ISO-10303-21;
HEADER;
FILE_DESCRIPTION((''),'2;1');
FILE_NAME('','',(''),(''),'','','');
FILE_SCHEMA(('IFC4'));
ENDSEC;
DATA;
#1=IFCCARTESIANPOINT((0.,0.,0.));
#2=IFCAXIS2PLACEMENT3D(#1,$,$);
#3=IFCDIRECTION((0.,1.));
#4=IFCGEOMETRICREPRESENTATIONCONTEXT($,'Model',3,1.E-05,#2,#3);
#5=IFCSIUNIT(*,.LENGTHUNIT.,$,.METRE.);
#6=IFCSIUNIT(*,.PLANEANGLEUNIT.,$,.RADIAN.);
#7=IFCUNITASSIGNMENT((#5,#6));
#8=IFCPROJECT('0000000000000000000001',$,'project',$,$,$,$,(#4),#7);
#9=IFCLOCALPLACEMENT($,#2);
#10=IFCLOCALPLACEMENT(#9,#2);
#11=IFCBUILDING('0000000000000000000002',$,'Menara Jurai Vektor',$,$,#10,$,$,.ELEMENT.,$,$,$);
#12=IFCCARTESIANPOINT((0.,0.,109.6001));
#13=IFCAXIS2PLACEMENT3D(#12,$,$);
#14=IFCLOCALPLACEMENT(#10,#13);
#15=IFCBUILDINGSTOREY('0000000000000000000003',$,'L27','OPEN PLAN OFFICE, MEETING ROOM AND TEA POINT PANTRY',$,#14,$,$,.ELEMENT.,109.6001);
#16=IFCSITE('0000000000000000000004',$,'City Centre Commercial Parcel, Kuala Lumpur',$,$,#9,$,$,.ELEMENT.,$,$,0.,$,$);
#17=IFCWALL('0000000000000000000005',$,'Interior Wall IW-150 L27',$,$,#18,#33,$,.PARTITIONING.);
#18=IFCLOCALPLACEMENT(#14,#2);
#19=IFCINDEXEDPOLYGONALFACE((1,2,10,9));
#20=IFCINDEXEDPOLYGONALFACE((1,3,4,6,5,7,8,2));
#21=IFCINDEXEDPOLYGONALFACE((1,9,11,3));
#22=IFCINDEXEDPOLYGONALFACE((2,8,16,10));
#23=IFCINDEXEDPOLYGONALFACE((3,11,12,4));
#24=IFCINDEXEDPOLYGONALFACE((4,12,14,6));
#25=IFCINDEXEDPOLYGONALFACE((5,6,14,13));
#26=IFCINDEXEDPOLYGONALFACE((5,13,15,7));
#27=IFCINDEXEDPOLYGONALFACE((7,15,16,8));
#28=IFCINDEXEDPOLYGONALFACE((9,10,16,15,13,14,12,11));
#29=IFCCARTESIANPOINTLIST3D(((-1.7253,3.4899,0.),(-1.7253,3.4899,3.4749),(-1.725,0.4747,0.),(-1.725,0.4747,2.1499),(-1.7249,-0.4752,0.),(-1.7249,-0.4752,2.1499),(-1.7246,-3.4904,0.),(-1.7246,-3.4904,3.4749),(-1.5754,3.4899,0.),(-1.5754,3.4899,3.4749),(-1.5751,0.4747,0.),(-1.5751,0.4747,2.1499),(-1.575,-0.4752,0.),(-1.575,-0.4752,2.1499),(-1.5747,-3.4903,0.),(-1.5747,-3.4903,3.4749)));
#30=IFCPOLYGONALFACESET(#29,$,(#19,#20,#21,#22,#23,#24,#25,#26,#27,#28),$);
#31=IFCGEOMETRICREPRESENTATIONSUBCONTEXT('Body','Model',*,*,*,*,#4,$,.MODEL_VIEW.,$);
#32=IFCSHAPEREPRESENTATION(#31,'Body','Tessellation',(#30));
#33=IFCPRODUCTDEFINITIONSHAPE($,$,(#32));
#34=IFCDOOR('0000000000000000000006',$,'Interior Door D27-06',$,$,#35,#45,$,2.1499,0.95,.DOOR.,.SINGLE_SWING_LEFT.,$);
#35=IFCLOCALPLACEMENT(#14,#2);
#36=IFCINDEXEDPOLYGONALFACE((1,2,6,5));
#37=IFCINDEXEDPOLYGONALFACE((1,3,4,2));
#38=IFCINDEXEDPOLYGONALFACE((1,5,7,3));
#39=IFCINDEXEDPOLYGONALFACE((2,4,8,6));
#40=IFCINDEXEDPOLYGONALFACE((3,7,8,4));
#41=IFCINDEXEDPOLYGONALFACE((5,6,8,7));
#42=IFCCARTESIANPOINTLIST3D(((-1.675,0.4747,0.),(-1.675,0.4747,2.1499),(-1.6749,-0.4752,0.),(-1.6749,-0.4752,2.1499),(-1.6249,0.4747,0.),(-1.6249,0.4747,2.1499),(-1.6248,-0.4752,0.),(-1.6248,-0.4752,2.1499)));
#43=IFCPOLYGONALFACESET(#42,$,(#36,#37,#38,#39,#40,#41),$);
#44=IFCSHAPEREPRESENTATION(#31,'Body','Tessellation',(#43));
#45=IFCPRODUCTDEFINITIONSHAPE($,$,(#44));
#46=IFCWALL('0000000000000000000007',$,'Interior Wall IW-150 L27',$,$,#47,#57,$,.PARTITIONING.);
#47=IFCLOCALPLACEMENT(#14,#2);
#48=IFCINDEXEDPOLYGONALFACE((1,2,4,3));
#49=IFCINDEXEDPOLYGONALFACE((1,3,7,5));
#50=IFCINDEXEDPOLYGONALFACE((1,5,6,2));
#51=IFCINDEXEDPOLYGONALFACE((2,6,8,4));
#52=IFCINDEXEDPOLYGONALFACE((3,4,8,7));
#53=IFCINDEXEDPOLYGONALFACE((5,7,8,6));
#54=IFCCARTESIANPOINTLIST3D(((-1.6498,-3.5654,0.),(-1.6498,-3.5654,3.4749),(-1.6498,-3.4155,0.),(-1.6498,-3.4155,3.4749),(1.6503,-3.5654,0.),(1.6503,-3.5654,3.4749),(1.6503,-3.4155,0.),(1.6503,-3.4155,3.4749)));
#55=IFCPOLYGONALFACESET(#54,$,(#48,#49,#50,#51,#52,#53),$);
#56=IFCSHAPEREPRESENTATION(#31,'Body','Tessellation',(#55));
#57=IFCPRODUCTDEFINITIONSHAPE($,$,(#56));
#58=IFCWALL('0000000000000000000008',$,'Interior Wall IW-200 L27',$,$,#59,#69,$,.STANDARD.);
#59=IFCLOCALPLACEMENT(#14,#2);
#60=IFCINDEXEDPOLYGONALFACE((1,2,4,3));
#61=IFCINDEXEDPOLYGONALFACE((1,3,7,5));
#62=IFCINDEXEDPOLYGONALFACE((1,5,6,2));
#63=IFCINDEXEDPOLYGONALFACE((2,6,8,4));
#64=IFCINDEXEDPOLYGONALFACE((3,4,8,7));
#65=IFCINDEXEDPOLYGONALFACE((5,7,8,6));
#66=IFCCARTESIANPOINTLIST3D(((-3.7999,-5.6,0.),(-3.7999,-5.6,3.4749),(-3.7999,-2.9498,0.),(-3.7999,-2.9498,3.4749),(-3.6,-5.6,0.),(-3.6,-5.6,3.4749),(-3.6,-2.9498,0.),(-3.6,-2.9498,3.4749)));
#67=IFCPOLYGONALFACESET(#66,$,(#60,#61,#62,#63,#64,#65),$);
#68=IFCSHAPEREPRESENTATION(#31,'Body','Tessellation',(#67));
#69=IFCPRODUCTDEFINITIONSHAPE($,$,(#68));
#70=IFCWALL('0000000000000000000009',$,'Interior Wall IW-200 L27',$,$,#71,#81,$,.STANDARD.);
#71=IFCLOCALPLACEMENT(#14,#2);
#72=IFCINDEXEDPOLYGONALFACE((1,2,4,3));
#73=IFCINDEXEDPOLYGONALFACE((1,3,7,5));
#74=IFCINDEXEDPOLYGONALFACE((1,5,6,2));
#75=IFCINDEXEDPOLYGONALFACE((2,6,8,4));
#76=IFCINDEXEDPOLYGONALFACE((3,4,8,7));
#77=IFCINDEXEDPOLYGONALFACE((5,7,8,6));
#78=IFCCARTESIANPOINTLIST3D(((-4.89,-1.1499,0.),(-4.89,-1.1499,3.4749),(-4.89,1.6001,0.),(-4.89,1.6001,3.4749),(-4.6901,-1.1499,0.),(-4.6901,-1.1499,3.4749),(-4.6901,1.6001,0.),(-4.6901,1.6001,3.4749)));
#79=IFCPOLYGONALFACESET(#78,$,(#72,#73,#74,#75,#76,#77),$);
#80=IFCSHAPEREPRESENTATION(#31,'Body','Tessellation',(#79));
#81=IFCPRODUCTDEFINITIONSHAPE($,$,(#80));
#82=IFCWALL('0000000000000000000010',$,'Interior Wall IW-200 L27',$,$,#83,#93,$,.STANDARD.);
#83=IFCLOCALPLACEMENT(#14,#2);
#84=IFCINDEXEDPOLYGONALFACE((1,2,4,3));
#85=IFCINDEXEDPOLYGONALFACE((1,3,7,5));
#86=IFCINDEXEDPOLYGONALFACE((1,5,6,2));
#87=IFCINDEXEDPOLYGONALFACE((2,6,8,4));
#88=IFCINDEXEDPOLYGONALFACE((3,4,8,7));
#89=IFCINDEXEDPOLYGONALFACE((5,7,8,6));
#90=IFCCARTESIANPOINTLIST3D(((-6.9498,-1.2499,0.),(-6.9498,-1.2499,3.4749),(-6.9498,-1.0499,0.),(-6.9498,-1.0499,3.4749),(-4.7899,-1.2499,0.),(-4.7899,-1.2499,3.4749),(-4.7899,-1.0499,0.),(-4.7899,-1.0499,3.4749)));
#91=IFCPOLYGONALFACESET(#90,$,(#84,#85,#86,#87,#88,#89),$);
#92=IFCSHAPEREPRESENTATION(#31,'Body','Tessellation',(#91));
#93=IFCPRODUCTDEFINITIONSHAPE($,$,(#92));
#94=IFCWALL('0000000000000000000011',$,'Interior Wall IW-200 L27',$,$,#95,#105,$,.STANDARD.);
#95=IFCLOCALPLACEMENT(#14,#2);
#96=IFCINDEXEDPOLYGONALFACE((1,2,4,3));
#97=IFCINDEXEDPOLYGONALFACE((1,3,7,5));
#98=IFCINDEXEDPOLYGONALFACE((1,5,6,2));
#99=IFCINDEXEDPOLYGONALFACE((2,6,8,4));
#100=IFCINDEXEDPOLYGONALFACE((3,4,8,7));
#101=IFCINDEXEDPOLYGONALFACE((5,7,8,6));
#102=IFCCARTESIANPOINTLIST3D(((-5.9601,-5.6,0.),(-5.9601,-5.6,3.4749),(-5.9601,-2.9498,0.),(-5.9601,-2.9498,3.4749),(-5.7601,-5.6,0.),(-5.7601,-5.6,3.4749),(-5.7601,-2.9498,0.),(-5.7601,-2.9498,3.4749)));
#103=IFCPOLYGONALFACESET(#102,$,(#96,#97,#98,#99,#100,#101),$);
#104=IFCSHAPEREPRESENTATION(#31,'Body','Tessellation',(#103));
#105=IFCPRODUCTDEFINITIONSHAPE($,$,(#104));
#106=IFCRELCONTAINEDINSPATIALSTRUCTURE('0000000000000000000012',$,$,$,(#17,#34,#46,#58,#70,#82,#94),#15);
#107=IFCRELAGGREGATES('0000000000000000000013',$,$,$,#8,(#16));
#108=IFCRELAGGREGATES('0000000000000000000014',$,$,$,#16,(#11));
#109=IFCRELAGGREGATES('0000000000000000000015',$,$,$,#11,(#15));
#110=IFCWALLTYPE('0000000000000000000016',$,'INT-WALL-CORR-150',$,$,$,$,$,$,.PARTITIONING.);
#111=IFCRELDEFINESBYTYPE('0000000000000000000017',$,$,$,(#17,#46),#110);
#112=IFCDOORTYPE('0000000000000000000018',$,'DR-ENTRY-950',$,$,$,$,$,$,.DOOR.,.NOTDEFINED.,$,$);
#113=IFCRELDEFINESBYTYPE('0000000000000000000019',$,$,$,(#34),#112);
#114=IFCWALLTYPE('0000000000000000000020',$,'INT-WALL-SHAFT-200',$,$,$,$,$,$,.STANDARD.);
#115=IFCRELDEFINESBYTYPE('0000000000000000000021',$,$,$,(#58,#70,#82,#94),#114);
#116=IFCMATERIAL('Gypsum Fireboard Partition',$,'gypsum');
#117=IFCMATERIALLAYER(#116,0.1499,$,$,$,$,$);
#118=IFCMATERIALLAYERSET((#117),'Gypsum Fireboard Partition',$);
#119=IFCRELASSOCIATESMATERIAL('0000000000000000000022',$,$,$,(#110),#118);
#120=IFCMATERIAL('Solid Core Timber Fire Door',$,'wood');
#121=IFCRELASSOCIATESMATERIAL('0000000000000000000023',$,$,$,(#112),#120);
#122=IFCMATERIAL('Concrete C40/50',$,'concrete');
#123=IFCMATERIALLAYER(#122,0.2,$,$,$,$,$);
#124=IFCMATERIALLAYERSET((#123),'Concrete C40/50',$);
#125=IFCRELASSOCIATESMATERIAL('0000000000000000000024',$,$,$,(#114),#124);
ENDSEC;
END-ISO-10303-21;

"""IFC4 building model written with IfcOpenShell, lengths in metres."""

from ifc_helpers import new_model, si_unit, direction, frame, frame_2d, origin, place, context, subcontext, project, spatial, rectangle, extrude, material, layer, layer_set, type_object, element, fill, save


model = new_model("IFC4")

# Units and contexts
model_context = context("Model", 3, precision=1e-05, world=origin(), true_north=direction((0.0, 1.0)))
body_context = subcontext(model_context, "Body", "Model", "MODEL_VIEW")
ifc_project = project(units=[si_unit("LENGTHUNIT", "METRE"), si_unit("PLANEANGLEUNIT", "RADIAN")], contexts=[model_context])

# Site, building, storey
site_placement = place(None, origin())
site = spatial("IfcSite", under=ifc_project, at=site_placement, Name="City Centre Commercial Parcel, Kuala Lumpur", CompositionType="ELEMENT", RefElevation=0.0)
building_placement = place(site_placement, origin())
building = spatial("IfcBuilding", under=site, at=building_placement, Name="Menara Jurai Vektor", CompositionType="ELEMENT")
storey_placement = place(building_placement, frame((0.0, 0.0, 109.6001)))
storey = spatial("IfcBuildingStorey", under=building, at=storey_placement, Name="L27", Description="OPEN PLAN OFFICE, MEETING ROOM AND TEA POINT PANTRY", CompositionType="ELEMENT", Elevation=109.6001)

# Shared definitions
ifc_material_1 = material(Name="Concrete C40/50", Category="concrete")

# Shared definitions
ifc_material_2 = material(Name="Gypsum Fireboard Partition", Category="gypsum")
ifc_layer_1 = layer(ifc_material_2, 0.1499)
ifc_layer_set_1 = layer_set([ifc_layer_1], Name="Gypsum Fireboard Partition")
wall_type_1 = type_object("IfcWallType", Name="INT-WALL-CORR-150", PredefinedType="PARTITIONING", material=ifc_layer_set_1)

# Wall, opening, door
wall_1_placement = place(storey_placement, frame((-1.6497, -3.4905, 0.0), z_axis=(0.0, 0.0, 1.0), x_axis=(-0.000105, 1.0, 0.0)))
wall_1 = element("IfcWall", 1, at=wall_1_placement, inside=storey, type_object=wall_type_1, Name="Interior Wall IW-150 L27", PredefinedType="PARTITIONING", context=body_context, shape_type="SweptSolid", body=[
    extrude(rectangle(XDim=6.9802, YDim=0.1499, at=frame_2d((3.4902, 0.0))), origin(), (0.0, 0.0, 1.0), 3.4749),
])
opening_1_placement = place(wall_1_placement, frame((3.0151, 0.0, 0.0)))
opening_1 = element("IfcOpeningElement", 2, at=opening_1_placement, cuts=wall_1, PredefinedType="OPENING", context=body_context, shape_type="SweptSolid", body=[
    extrude(rectangle(XDim=0.95, YDim=2.1499, at=frame_2d((0.4751, 1.075))), frame((0.0, 0.085, 0.0), z_axis=(0.0, -1.0, 0.0), x_axis=(1.0, 0.0, 0.0)), (0.0, 0.0, 1.0), 0.1699),
])
ifc_material_3 = material(Name="Solid Core Timber Fire Door", Category="wood")
door_type_1 = type_object("IfcDoorType", Name="DR-ENTRY-950", OperationType="NOTDEFINED", PredefinedType="DOOR", material=ifc_material_3)
door_1_placement = place(opening_1_placement, origin())
door_1 = element("IfcDoor", 3, at=door_1_placement, inside=storey, type_object=door_type_1, Name="Interior Door D27-06", OperationType="SINGLE_SWING_LEFT", OverallHeight=2.1499, OverallWidth=0.95, PredefinedType="DOOR", context=body_context, shape_type="SweptSolid", body=[
    extrude(rectangle(XDim=0.95, YDim=2.1499, at=frame_2d((0.4751, 1.075))), frame((0.0, 0.0249, 0.0), z_axis=(0.0, -1.0, 0.0), x_axis=(1.0, 0.0, 0.0)), (0.0, 0.0, 1.0), 0.05),
])
fill(opening_1, door_1)

# Wall
wall_2_placement = place(storey_placement, frame((-1.6497, -3.4905, 0.0), z_axis=(0.0, 0.0, 1.0), x_axis=(1.0, 0.0, 0.0)))
element("IfcWall", 4, at=wall_2_placement, inside=storey, type_object=wall_type_1, Name="Interior Wall IW-150 L27", PredefinedType="PARTITIONING", context=body_context, shape_type="SweptSolid", body=[
    extrude(rectangle(XDim=3.3, YDim=0.1499, at=frame_2d((1.6499, 0.0))), origin(), (0.0, 0.0, 1.0), 3.4749),
])

# Shared definitions
ifc_layer_2 = layer(ifc_material_1, 0.2)
ifc_layer_set_2 = layer_set([ifc_layer_2], Name="Concrete C40/50")
wall_type_2 = type_object("IfcWallType", Name="INT-WALL-SHAFT-200", PredefinedType="STANDARD", material=ifc_layer_set_2)

# Walls
wall_3_placement = place(storey_placement, frame((-3.7, -5.6001, 0.0), z_axis=(0.0, 0.0, 1.0), x_axis=(0.0, 1.0, 0.0)))
element("IfcWall", 5, at=wall_3_placement, inside=storey, type_object=wall_type_2, Name="Interior Wall IW-200 L27", PredefinedType="STANDARD", context=body_context, shape_type="SweptSolid", body=[
    extrude(rectangle(XDim=2.6501, YDim=0.2, at=frame_2d((1.3252, 0.0))), origin(), (0.0, 0.0, 1.0), 3.4749),
])
wall_4_placement = place(storey_placement, frame((-4.79, -1.1499, 0.0), z_axis=(0.0, 0.0, 1.0), x_axis=(0.0, 1.0, 0.0)))
element("IfcWall", 6, at=wall_4_placement, inside=storey, type_object=wall_type_2, Name="Interior Wall IW-200 L27", PredefinedType="STANDARD", context=body_context, shape_type="SweptSolid", body=[
    extrude(rectangle(XDim=2.75, YDim=0.2, at=frame_2d((1.375, 0.0))), origin(), (0.0, 0.0, 1.0), 3.4749),
])
wall_5_placement = place(storey_placement, frame((-6.95, -1.1499, 0.0), z_axis=(0.0, 0.0, 1.0), x_axis=(1.0, 0.0, 0.0)))
element("IfcWall", 7, at=wall_5_placement, inside=storey, type_object=wall_type_2, Name="Interior Wall IW-200 L27", PredefinedType="STANDARD", context=body_context, shape_type="SweptSolid", body=[
    extrude(rectangle(XDim=2.1599, YDim=0.2, at=frame_2d((1.0801, 0.0))), origin(), (0.0, 0.0, 1.0), 3.4749),
])
wall_6_placement = place(storey_placement, frame((-5.8601, -5.6001, 0.0), z_axis=(0.0, 0.0, 1.0), x_axis=(0.0, 1.0, 0.0)))
element("IfcWall", 8, at=wall_6_placement, inside=storey, type_object=wall_type_2, Name="Interior Wall IW-200 L27", PredefinedType="STANDARD", context=body_context, shape_type="SweptSolid", body=[
    extrude(rectangle(XDim=2.6501, YDim=0.2, at=frame_2d((1.3252, 0.0))), origin(), (0.0, 0.0, 1.0), 3.4749),
])

save(model, "model.ifc")
